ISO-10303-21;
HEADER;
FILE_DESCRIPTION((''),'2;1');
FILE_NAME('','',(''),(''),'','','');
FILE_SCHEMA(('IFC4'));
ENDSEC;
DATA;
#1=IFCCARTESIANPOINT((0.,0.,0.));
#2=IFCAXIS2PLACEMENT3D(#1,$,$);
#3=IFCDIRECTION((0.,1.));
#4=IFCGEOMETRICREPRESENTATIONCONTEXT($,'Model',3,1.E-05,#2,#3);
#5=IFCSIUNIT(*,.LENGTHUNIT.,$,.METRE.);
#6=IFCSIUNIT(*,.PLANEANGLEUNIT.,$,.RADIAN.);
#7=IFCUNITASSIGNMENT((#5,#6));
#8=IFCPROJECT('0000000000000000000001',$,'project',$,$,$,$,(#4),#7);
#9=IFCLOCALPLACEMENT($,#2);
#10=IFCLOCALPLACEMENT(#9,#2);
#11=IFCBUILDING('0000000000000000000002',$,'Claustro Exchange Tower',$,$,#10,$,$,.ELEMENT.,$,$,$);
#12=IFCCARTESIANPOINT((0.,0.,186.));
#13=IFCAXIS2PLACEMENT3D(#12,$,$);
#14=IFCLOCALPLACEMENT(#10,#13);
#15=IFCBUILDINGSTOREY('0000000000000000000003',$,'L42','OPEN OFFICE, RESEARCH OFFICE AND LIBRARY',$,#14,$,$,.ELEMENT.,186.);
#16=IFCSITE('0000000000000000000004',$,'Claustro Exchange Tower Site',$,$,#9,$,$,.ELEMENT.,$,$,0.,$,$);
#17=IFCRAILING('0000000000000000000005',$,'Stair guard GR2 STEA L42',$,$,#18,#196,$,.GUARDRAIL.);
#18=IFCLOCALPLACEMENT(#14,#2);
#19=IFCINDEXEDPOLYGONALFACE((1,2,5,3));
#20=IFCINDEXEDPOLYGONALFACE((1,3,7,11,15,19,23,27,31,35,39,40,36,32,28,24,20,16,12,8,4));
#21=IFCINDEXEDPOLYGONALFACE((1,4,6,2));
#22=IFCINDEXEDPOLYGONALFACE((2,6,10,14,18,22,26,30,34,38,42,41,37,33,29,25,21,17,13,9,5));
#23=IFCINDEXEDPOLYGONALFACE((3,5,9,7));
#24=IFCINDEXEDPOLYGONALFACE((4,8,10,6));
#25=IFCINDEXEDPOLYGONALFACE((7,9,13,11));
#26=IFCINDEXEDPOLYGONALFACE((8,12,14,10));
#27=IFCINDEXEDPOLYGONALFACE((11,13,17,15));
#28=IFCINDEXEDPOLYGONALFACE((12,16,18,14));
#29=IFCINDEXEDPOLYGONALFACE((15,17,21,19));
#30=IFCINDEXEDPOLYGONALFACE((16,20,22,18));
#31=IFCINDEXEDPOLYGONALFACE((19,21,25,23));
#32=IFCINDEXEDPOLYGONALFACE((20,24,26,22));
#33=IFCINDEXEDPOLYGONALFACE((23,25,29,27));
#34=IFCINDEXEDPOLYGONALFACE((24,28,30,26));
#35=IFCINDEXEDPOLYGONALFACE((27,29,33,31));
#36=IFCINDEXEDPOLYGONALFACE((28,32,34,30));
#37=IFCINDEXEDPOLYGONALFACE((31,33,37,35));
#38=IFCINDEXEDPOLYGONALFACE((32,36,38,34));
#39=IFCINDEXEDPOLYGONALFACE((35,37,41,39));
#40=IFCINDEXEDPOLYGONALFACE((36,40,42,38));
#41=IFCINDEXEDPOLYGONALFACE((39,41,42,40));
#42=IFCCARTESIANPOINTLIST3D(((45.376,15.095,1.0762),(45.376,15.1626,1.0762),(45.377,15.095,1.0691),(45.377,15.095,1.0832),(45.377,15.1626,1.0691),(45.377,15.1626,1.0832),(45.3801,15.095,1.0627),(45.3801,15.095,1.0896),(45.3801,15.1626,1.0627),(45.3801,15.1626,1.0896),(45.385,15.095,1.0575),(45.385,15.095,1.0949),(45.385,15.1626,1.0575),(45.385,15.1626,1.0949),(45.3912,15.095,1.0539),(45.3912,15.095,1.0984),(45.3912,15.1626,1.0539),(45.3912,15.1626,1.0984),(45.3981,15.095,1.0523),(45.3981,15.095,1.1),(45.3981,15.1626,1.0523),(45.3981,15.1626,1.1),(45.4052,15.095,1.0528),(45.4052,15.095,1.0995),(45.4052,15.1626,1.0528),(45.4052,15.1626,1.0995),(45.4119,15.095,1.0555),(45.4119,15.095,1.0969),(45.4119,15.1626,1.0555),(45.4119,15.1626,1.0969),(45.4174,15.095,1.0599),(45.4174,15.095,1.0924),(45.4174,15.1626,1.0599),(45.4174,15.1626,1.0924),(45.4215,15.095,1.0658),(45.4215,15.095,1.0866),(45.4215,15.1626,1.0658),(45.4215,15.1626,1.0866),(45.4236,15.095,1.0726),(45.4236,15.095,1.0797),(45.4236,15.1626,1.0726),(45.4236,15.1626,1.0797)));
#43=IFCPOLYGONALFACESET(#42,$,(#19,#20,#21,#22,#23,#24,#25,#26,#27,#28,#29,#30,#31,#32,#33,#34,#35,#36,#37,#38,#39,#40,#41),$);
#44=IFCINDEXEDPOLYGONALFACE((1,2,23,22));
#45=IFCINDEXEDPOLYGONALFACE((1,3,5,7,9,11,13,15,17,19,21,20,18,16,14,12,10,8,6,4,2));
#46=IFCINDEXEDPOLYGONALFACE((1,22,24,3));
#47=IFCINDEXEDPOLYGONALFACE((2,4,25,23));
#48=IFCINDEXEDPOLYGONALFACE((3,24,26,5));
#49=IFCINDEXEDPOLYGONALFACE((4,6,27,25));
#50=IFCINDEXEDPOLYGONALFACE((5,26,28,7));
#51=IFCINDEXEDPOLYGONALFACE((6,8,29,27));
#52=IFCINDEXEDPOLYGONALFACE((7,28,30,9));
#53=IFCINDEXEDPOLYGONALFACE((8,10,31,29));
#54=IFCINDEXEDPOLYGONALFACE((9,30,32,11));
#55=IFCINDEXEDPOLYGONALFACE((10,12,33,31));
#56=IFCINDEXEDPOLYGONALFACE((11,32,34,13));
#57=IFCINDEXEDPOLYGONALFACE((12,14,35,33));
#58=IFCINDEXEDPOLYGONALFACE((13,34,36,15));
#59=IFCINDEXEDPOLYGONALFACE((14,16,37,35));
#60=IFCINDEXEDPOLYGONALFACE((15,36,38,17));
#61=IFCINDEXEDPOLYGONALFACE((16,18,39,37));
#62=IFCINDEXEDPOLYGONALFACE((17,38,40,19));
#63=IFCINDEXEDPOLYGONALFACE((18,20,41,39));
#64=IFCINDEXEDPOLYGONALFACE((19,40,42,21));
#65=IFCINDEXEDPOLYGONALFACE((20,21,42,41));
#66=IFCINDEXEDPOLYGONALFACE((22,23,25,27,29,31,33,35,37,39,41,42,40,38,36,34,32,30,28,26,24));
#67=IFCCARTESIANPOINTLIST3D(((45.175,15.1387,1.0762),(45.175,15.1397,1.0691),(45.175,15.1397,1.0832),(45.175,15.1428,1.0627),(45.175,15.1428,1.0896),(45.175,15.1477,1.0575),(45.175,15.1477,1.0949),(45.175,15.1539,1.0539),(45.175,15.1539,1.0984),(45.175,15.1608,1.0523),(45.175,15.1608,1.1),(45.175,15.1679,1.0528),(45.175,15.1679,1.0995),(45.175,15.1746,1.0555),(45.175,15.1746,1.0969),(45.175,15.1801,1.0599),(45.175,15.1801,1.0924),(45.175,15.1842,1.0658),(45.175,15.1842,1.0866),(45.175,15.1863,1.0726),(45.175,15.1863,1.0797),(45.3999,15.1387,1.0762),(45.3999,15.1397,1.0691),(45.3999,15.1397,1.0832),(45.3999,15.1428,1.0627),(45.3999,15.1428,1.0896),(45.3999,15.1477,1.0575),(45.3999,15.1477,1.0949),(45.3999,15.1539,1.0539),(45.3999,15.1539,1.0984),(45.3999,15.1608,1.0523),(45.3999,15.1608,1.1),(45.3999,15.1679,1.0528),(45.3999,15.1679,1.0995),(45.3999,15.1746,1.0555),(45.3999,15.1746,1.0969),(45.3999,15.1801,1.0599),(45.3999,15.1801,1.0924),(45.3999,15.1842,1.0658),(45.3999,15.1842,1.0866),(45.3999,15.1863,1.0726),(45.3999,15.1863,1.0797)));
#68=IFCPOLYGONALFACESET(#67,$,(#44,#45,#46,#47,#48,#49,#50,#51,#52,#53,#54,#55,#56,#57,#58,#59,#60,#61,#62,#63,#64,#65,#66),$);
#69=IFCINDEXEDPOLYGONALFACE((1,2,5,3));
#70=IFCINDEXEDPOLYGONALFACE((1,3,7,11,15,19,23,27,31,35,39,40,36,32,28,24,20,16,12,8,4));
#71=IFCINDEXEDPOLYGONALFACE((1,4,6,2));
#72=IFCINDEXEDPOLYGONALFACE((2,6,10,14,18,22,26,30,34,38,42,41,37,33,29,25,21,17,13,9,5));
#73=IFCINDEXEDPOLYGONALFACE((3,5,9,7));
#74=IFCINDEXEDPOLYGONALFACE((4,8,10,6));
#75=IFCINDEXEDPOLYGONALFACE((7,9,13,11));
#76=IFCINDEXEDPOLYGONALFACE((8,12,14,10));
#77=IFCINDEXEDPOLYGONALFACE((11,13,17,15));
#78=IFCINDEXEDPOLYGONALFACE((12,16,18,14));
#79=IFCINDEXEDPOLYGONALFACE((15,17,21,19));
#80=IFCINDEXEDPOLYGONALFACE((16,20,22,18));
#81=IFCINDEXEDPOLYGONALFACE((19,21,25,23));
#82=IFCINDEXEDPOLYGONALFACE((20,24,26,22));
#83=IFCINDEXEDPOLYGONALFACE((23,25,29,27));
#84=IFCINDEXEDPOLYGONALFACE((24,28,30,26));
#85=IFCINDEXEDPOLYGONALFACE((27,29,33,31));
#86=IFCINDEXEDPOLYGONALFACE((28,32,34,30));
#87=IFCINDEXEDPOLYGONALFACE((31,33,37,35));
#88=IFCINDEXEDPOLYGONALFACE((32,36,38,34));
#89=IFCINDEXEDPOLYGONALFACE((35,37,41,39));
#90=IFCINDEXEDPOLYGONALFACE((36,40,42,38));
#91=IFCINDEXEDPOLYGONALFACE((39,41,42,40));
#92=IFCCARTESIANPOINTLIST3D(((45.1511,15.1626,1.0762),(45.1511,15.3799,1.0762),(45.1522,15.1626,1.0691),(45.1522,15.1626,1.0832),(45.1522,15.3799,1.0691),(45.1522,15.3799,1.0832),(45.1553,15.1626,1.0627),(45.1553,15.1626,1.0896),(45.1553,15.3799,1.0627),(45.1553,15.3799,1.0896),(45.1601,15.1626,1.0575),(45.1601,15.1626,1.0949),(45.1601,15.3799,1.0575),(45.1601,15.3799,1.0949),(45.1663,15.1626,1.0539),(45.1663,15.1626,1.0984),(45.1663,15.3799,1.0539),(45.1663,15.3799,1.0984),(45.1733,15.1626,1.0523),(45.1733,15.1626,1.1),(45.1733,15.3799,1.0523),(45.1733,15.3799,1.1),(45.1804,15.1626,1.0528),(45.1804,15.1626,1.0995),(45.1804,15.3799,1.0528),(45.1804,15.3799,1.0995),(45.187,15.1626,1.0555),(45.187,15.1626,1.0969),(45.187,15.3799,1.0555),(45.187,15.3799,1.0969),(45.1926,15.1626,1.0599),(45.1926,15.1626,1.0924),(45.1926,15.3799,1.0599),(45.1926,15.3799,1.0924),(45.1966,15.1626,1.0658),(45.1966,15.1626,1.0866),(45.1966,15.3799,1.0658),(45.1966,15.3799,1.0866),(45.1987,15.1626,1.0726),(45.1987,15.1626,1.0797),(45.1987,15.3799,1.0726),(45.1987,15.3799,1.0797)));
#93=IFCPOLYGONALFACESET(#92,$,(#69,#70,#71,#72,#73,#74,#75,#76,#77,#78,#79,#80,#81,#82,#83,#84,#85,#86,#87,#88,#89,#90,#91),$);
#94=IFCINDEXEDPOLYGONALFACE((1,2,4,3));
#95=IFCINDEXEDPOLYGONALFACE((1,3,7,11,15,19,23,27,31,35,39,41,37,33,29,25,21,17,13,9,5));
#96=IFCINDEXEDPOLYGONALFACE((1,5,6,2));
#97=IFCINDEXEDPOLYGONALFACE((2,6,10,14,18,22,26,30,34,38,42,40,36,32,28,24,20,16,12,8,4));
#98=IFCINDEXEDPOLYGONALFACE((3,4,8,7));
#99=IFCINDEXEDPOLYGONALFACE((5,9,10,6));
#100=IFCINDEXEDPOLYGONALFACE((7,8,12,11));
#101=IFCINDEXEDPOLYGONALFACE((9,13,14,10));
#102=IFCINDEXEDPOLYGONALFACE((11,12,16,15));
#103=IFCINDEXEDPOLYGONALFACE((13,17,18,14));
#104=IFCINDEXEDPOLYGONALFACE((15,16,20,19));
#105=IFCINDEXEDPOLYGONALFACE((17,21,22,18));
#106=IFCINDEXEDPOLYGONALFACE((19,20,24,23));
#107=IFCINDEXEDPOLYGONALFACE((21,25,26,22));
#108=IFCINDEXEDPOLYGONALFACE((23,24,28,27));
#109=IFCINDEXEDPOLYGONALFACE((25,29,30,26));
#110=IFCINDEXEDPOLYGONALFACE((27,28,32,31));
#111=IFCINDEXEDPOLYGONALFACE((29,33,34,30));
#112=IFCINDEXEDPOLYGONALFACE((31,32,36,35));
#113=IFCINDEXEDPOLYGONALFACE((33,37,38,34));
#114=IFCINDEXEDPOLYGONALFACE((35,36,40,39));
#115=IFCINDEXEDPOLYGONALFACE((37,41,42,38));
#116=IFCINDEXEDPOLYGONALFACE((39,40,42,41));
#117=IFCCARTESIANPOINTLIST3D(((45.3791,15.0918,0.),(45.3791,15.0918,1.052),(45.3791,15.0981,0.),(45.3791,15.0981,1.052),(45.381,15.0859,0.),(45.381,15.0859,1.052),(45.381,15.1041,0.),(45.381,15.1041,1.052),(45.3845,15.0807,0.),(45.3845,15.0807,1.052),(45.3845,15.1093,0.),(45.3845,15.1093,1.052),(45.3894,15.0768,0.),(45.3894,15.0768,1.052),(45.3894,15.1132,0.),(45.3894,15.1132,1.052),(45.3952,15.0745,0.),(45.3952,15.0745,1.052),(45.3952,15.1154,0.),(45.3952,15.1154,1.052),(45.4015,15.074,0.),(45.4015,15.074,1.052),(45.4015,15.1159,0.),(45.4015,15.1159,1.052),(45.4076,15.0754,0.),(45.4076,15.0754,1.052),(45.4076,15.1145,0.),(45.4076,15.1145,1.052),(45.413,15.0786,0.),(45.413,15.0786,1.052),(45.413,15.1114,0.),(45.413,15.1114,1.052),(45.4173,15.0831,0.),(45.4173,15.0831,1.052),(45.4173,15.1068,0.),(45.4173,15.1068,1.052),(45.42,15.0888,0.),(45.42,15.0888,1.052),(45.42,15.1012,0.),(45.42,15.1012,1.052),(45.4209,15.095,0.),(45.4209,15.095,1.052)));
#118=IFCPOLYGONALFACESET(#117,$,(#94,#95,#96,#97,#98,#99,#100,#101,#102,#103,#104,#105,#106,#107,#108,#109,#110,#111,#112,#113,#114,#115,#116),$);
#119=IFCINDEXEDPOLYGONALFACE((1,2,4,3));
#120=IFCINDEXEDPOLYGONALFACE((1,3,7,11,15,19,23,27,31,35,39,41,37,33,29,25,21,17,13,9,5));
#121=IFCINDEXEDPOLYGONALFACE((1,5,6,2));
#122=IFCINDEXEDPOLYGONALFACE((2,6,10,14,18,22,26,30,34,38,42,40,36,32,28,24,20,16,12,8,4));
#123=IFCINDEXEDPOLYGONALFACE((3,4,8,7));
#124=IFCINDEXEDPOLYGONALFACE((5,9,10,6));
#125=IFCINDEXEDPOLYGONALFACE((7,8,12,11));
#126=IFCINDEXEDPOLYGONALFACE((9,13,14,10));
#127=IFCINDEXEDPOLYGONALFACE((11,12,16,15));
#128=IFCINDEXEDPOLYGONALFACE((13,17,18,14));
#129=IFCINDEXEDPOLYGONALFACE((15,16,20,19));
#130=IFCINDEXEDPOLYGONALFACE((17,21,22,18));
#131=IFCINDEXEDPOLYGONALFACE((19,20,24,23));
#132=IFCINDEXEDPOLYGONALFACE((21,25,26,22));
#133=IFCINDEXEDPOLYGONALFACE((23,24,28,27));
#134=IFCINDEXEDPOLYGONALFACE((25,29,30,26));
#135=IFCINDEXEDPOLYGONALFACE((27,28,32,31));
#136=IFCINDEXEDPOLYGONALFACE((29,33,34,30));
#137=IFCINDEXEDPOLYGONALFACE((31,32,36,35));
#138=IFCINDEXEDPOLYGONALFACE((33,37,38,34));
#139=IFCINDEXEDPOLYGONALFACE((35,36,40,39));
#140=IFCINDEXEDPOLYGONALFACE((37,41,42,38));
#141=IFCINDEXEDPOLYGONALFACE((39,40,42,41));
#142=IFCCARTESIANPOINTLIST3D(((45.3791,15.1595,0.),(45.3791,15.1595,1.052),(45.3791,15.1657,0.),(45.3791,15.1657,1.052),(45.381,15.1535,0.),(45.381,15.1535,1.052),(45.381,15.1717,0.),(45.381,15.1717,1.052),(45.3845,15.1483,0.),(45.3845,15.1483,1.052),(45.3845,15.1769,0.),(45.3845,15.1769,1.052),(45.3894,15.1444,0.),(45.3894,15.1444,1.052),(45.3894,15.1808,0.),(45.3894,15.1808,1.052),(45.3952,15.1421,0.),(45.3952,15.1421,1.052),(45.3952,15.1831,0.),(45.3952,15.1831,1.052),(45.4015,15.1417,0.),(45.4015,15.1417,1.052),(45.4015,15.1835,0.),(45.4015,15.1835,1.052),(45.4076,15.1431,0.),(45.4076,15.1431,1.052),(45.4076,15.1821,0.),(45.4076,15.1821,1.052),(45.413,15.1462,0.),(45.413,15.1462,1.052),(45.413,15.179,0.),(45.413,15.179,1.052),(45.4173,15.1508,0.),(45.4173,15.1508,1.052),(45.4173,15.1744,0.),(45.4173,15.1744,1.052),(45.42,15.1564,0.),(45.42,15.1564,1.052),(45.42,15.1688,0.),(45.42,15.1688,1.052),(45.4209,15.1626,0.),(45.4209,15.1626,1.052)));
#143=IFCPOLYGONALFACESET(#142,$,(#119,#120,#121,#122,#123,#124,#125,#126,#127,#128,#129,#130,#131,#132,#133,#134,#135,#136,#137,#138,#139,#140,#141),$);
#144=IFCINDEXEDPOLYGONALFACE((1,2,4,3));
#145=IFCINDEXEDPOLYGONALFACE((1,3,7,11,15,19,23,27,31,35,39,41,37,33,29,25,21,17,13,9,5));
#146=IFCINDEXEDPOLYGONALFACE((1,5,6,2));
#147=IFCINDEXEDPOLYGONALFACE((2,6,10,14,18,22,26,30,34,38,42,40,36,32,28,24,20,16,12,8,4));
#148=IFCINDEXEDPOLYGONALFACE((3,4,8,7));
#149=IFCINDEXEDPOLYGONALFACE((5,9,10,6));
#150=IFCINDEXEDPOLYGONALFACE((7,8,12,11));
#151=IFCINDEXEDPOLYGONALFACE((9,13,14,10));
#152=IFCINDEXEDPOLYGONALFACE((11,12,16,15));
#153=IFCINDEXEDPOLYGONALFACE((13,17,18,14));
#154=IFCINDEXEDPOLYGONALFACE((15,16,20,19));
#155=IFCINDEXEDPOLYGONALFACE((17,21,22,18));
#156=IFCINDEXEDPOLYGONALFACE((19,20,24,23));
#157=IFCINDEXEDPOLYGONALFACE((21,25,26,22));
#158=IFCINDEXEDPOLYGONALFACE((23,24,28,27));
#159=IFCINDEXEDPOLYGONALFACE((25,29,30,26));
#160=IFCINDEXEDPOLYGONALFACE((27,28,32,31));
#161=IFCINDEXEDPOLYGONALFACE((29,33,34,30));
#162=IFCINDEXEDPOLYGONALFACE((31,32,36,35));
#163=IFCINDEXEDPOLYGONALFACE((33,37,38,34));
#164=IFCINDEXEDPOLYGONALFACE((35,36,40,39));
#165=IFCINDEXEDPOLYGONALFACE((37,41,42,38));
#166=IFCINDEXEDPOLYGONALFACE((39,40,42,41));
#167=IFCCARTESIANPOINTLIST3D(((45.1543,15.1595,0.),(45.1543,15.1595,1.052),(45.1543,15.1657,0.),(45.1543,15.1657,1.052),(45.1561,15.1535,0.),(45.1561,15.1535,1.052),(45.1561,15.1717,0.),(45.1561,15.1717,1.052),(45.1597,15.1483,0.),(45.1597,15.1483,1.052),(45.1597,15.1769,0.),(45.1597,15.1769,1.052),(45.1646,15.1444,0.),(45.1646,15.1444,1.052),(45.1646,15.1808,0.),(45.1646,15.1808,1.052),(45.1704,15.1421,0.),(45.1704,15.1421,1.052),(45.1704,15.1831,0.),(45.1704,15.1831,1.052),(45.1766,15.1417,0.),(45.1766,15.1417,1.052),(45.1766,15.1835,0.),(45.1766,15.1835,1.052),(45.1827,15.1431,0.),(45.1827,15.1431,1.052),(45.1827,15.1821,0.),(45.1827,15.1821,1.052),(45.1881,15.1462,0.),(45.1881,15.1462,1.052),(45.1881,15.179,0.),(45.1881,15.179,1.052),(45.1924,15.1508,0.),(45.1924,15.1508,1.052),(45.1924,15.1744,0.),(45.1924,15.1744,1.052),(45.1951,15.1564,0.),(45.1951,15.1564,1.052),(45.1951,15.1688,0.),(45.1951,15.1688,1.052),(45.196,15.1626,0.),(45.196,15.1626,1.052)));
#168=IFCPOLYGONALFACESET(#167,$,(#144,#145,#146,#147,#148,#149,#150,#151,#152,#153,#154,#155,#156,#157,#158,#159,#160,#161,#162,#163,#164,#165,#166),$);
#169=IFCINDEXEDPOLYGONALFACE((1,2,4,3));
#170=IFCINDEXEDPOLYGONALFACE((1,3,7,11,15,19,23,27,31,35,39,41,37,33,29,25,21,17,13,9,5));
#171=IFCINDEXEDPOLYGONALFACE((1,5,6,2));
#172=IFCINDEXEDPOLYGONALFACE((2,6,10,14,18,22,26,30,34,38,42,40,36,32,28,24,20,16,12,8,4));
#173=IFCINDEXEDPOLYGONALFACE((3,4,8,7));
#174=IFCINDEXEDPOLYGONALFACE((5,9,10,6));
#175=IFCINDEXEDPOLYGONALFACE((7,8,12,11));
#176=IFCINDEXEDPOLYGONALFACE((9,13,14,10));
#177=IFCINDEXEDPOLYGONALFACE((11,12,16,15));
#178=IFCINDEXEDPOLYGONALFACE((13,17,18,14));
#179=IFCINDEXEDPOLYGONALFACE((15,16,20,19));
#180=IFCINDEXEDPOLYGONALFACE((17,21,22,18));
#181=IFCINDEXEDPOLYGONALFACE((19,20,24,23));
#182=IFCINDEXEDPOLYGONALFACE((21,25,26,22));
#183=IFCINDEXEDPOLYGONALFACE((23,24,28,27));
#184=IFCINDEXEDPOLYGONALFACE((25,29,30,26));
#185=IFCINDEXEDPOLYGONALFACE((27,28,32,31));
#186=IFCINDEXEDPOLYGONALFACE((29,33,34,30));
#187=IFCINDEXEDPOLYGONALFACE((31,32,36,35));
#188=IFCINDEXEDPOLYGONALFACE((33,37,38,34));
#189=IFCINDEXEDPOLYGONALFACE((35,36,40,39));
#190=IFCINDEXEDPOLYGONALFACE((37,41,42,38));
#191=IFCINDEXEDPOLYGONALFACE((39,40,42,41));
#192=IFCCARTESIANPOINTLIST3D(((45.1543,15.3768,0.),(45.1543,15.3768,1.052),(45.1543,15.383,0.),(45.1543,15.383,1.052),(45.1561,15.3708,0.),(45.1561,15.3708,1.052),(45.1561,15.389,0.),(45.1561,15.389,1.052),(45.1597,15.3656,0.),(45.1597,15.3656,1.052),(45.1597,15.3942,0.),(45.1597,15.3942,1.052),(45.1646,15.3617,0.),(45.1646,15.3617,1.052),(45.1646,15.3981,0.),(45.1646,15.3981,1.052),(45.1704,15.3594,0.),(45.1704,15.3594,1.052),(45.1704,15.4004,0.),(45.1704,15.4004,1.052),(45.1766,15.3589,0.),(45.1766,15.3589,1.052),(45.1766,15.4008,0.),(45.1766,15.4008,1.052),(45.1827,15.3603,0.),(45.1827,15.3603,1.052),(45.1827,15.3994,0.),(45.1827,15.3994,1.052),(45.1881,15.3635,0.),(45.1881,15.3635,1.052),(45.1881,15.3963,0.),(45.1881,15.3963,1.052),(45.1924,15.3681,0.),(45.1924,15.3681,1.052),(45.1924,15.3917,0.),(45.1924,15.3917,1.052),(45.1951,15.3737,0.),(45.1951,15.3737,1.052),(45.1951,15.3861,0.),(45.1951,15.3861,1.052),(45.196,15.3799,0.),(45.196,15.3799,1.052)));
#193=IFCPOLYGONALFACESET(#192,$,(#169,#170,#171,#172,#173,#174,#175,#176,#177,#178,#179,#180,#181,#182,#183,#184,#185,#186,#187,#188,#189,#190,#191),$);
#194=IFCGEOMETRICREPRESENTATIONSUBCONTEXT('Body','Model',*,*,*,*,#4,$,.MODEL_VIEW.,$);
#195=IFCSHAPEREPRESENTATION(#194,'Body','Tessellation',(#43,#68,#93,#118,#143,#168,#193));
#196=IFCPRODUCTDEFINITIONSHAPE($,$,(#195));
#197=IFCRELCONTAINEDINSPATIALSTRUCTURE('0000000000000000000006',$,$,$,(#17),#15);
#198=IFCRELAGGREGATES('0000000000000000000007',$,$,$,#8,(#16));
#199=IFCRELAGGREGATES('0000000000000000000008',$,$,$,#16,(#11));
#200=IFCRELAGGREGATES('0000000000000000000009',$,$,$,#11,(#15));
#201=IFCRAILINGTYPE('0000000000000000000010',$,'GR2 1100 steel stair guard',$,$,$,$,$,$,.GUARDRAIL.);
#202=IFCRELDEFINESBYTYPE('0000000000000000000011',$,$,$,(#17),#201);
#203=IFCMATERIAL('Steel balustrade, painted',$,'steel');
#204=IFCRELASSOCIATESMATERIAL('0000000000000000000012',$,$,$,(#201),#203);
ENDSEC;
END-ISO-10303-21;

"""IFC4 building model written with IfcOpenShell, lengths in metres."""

from ifc_helpers import new_model, si_unit, direction, frame, origin, origin_2d, place, context, subcontext, project, spatial, circle, extrude, material, type_object, element, save


model = new_model("IFC4")

# Units and contexts
model_context = context("Model", 3, precision=1e-05, world=origin(), true_north=direction((0.0, 1.0)))
body_context = subcontext(model_context, "Body", "Model", "MODEL_VIEW")
ifc_project = project(units=[si_unit("LENGTHUNIT", "METRE"), si_unit("PLANEANGLEUNIT", "RADIAN")], contexts=[model_context])

# Site, building, storey
site_placement = place(None, origin())
site = spatial("IfcSite", under=ifc_project, at=site_placement, Name="Claustro Exchange Tower Site", CompositionType="ELEMENT", RefElevation=0.0)
building_placement = place(site_placement, origin())
building = spatial("IfcBuilding", under=site, at=building_placement, Name="Claustro Exchange Tower", CompositionType="ELEMENT")
storey_placement = place(building_placement, frame((0.0, 0.0, 186.0)))
storey = spatial("IfcBuildingStorey", under=building, at=storey_placement, Name="L42", Description="OPEN OFFICE, RESEARCH OFFICE AND LIBRARY", CompositionType="ELEMENT", Elevation=186.0)

# Railing
ifc_material_1 = material(Name="Steel balustrade, painted", Category="steel")
railing_type_1 = type_object("IfcRailingType", Name="GR2 1100 steel stair guard", PredefinedType="GUARDRAIL", material=ifc_material_1)
railing_1_placement = place(storey_placement, frame((45.3999, 15.095, 0.0)))
element("IfcRailing", 1, at=railing_1_placement, inside=storey, type_object=railing_type_1, Name="Stair guard GR2 STEA L42", PredefinedType="GUARDRAIL", context=body_context, shape_type="SweptSolid", body=[
    extrude(circle(Radius=0.0239, at=origin_2d()), frame((0.0, 0.0, 1.0762), z_axis=(0.0, 1.0, 0.0), x_axis=(-1.0, 0.0, 0.0)), (0.0, 0.0, 1.0), 0.0676),
    extrude(circle(Radius=0.0239, at=origin_2d()), frame((0.0, 0.0676, 1.0762), z_axis=(-1.0, 0.0, 0.0), x_axis=(0.0, -1.0, 0.0)), (0.0, 0.0, 1.0), 0.2249),
    extrude(circle(Radius=0.0239, at=origin_2d()), frame((-0.2249, 0.0676, 1.0762), z_axis=(0.0, 1.0, 0.0), x_axis=(-1.0, 0.0, 0.0)), (0.0, 0.0, 1.0), 0.2173),
    extrude(circle(Radius=0.021, at=origin_2d()), origin(), (0.0, 0.0, 1.0), 1.052),
    extrude(circle(Radius=0.021, at=origin_2d()), frame((0.0, 0.0676, 0.0)), (0.0, 0.0, 1.0), 1.052),
    extrude(circle(Radius=0.021, at=origin_2d()), frame((-0.2249, 0.0676, 0.0)), (0.0, 0.0, 1.0), 1.052),
    extrude(circle(Radius=0.021, at=origin_2d()), frame((-0.2249, 0.2849, 0.0)), (0.0, 0.0, 1.0), 1.052),
])

save(model, "model.ifc")
